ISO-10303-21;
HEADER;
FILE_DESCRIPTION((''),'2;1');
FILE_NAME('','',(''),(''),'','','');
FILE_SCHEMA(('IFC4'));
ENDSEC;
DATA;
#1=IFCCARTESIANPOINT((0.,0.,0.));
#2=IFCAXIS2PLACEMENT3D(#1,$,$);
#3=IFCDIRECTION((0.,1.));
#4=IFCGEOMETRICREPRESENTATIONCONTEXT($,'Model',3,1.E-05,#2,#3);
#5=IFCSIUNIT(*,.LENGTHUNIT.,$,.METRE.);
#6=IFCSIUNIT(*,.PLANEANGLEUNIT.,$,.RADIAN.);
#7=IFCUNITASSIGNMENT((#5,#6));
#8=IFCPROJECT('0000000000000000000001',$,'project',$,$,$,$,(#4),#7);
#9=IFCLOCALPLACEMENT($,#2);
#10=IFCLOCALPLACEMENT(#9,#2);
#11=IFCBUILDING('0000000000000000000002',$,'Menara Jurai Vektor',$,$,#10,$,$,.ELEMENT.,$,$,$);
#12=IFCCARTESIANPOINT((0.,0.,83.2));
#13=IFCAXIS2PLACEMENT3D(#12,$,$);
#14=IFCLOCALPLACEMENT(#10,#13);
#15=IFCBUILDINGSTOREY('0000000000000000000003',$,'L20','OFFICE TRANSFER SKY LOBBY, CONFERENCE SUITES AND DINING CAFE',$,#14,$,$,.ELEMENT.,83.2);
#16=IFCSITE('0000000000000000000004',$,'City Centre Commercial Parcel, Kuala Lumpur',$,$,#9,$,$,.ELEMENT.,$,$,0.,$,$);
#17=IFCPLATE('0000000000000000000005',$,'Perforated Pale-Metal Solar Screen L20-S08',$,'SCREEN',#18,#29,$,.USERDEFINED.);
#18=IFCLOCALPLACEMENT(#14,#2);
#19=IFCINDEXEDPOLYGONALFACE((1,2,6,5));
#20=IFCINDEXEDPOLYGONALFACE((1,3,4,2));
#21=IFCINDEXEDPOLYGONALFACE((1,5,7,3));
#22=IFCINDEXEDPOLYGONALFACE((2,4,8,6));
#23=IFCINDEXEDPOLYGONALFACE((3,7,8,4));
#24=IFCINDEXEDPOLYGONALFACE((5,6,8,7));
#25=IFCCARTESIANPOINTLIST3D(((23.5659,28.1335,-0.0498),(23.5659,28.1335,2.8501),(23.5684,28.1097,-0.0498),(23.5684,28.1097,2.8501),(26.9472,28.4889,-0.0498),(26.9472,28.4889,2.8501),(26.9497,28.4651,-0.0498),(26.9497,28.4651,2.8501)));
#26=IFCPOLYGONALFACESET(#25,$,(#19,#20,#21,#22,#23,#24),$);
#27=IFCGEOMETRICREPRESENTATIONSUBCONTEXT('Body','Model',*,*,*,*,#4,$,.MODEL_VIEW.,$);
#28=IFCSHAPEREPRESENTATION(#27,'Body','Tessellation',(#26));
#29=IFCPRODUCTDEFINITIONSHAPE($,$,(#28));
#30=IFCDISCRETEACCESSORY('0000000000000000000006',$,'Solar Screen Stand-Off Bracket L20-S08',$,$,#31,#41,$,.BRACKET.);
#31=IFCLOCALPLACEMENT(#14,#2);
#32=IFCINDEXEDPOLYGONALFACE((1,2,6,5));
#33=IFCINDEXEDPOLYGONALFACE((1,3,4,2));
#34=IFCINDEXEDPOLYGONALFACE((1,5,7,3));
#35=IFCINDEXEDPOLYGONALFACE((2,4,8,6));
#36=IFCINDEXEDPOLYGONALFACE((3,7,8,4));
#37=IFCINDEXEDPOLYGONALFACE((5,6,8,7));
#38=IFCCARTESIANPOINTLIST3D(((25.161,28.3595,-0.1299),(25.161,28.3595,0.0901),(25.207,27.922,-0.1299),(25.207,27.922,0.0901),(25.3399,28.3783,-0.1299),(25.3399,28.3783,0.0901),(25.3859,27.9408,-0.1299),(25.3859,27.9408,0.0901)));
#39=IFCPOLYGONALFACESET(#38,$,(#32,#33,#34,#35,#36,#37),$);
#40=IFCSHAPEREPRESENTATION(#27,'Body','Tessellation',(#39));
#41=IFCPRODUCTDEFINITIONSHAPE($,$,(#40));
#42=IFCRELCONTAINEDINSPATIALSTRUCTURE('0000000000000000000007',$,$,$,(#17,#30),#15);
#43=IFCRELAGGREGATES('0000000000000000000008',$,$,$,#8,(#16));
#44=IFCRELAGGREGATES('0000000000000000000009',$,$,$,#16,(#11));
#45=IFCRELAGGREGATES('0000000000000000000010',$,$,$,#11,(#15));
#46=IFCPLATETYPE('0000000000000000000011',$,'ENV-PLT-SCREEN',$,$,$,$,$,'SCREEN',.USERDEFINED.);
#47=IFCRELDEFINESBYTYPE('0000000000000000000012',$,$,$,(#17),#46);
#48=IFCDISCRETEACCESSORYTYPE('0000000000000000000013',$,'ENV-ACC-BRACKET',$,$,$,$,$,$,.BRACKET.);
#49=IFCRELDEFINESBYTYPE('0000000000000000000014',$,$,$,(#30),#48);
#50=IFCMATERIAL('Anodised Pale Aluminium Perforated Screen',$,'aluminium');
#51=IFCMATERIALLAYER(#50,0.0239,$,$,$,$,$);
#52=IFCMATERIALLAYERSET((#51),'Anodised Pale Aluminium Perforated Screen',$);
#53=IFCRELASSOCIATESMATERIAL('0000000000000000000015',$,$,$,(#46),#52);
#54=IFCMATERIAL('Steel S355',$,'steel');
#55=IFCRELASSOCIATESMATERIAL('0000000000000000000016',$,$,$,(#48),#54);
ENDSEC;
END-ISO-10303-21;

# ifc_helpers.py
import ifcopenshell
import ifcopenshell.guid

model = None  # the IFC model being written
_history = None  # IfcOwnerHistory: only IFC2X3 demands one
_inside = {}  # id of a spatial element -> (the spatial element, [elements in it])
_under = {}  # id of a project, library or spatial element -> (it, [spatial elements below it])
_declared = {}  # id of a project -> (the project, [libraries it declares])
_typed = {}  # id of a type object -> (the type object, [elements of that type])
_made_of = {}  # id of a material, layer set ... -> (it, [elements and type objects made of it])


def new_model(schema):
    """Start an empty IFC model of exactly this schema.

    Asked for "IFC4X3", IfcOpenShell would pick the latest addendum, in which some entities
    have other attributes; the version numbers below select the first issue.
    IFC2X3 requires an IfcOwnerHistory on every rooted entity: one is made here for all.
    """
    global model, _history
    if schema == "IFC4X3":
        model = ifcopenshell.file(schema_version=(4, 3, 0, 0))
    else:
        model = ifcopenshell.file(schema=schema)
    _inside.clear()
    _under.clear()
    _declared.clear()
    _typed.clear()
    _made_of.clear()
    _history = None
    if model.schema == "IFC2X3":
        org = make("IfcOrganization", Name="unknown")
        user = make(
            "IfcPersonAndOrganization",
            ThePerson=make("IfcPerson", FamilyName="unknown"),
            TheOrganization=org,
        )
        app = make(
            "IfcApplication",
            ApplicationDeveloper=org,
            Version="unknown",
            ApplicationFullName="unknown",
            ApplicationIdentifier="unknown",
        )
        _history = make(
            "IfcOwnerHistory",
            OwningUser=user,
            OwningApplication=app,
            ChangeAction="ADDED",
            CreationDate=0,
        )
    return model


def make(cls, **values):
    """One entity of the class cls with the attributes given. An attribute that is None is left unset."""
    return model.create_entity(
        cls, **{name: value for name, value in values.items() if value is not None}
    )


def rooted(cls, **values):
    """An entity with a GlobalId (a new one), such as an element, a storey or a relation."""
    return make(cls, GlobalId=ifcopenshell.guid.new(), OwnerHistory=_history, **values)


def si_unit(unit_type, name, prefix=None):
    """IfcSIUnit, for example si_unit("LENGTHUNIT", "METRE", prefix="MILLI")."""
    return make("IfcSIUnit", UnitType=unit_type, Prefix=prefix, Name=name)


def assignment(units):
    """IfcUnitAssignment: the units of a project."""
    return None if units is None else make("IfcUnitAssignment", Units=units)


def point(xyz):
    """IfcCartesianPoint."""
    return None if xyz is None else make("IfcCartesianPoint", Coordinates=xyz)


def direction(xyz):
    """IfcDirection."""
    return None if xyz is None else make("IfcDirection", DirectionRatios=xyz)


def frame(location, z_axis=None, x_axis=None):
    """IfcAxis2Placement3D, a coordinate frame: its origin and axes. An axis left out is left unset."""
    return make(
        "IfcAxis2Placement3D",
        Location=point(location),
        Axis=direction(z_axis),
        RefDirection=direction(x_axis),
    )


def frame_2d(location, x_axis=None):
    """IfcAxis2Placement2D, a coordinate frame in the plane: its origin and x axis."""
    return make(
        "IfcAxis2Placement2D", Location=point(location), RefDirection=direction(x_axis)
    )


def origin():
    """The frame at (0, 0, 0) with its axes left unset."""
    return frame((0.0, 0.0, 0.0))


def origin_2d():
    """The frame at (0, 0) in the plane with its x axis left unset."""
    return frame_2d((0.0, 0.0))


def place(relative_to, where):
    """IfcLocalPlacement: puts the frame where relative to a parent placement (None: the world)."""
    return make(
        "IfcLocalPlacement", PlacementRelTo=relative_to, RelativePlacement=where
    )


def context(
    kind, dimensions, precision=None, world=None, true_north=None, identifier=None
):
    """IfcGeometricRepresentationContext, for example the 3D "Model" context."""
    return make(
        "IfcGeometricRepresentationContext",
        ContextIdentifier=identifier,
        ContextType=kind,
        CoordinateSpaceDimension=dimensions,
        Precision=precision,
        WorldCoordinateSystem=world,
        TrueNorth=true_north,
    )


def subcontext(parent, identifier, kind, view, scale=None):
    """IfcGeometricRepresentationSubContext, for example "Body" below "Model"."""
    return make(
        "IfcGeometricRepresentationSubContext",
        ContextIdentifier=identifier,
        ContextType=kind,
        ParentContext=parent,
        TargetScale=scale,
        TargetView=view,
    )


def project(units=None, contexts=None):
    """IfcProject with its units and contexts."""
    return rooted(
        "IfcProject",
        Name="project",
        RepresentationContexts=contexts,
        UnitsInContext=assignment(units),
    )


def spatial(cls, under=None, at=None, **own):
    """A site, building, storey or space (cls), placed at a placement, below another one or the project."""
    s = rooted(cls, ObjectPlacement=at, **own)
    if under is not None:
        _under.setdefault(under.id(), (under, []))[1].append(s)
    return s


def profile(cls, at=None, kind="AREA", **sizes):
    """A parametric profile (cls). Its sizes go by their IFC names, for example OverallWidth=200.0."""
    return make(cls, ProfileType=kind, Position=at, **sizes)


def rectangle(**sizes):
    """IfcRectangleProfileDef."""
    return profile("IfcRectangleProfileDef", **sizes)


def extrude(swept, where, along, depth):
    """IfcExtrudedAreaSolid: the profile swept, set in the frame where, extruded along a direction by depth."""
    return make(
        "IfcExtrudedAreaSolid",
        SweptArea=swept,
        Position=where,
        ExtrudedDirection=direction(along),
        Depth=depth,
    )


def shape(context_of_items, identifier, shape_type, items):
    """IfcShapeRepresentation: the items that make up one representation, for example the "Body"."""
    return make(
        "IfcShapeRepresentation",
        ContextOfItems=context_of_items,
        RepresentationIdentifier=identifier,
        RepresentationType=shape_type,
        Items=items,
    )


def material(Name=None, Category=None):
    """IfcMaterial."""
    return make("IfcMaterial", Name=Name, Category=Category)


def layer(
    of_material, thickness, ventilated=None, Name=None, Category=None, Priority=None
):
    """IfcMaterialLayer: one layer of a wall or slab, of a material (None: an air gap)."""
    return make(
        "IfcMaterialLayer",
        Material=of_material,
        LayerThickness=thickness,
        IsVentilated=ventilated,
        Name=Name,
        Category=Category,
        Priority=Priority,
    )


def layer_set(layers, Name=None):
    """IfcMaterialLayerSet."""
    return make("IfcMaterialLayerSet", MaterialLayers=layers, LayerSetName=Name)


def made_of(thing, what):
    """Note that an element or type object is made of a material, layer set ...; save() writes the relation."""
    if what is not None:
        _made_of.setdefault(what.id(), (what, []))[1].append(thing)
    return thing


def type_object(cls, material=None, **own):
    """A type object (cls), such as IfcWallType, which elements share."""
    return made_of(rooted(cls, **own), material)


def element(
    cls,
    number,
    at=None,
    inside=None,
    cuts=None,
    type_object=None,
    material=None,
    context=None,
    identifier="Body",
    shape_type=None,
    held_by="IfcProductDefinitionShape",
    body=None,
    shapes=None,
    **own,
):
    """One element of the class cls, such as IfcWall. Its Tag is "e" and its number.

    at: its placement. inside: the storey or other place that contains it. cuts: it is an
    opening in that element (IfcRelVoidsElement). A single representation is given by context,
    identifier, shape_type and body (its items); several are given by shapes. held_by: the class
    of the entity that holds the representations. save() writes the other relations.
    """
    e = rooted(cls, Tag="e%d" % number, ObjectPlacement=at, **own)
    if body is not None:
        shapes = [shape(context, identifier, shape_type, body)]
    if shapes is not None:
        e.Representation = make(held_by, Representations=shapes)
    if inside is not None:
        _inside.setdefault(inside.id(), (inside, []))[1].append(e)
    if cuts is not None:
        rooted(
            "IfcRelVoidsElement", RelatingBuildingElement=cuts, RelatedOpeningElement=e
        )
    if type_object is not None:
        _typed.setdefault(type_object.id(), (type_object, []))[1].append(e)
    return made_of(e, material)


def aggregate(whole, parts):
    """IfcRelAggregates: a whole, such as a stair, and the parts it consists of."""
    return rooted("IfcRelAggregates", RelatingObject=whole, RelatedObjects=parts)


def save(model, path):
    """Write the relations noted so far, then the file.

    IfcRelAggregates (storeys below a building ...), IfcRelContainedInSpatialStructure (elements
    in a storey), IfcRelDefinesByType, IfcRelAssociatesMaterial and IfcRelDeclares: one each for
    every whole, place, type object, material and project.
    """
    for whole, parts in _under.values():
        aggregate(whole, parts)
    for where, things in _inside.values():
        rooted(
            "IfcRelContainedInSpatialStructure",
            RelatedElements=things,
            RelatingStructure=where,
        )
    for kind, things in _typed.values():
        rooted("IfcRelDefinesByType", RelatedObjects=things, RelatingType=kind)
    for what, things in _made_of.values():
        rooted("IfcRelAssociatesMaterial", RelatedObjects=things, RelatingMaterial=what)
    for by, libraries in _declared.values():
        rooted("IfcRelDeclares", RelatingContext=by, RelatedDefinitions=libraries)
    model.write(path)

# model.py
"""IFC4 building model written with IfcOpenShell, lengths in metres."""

from ifc_helpers import new_model, si_unit, direction, frame, origin, origin_2d, place, context, subcontext, project, spatial, rectangle, extrude, material, layer, layer_set, type_object, element, save


model = new_model("IFC4")

# Units and contexts
model_context = context("Model", 3, precision=1e-05, world=origin(), true_north=direction((0.0, 1.0)))
body_context = subcontext(model_context, "Body", "Model", "MODEL_VIEW")
ifc_project = project(units=[si_unit("LENGTHUNIT", "METRE"), si_unit("PLANEANGLEUNIT", "RADIAN")], contexts=[model_context])

# Site, building, storey
site_placement = place(None, origin())
site = spatial("IfcSite", under=ifc_project, at=site_placement, Name="City Centre Commercial Parcel, Kuala Lumpur", CompositionType="ELEMENT", RefElevation=0.0)
building_placement = place(site_placement, origin())
building = spatial("IfcBuilding", under=site, at=building_placement, Name="Menara Jurai Vektor", CompositionType="ELEMENT")
storey_placement = place(building_placement, frame((0.0, 0.0, 83.2)))
storey = spatial("IfcBuildingStorey", under=building, at=storey_placement, Name="L20", Description="OFFICE TRANSFER SKY LOBBY, CONFERENCE SUITES AND DINING CAFE", CompositionType="ELEMENT", Elevation=83.2)

# Shared definitions
ifc_material_1 = material(Name="Steel S355", Category="steel")

# Plate
ifc_material_2 = material(Name="Anodised Pale Aluminium Perforated Screen", Category="aluminium")
ifc_layer_1 = layer(ifc_material_2, 0.0239)
ifc_layer_set_1 = layer_set([ifc_layer_1], Name="Anodised Pale Aluminium Perforated Screen")
plate_type_1 = type_object("IfcPlateType", Name="ENV-PLT-SCREEN", ElementType="SCREEN", PredefinedType="USERDEFINED", material=ifc_layer_set_1)
plate_1_placement = place(storey_placement, frame((25.2578, 28.2993, -0.0498), z_axis=(0.0, 0.0, 1.0), x_axis=(-0.994522, -0.104528, 0.0)))
element("IfcPlate", 1, at=plate_1_placement, inside=storey, type_object=plate_type_1, Name="Perforated Pale-Metal Solar Screen L20-S08", ObjectType="SCREEN", PredefinedType="USERDEFINED", context=body_context, shape_type="SweptSolid", body=[
    extrude(rectangle(XDim=3.3999, YDim=0.0239, at=origin_2d()), origin(), (0.0, 0.0, 1.0), 2.8999),
])

# Discrete accessory
discrete_accessory_type = type_object("IfcDiscreteAccessoryType", Name="ENV-ACC-BRACKET", PredefinedType="BRACKET", material=ifc_material_1)
discrete_accessory_placement = place(storey_placement, frame((25.2734, 28.1501, -0.1299), z_axis=(0.0, 0.0, 1.0), x_axis=(-0.994522, -0.104528, 0.0)))
element("IfcDiscreteAccessory", 2, at=discrete_accessory_placement, inside=storey, type_object=discrete_accessory_type, Name="Solar Screen Stand-Off Bracket L20-S08", PredefinedType="BRACKET", context=body_context, shape_type="SweptSolid", body=[
    extrude(rectangle(XDim=0.1799, YDim=0.4399, at=origin_2d()), origin(), (0.0, 0.0, 1.0), 0.22),
])

save(model, "model.ifc")
